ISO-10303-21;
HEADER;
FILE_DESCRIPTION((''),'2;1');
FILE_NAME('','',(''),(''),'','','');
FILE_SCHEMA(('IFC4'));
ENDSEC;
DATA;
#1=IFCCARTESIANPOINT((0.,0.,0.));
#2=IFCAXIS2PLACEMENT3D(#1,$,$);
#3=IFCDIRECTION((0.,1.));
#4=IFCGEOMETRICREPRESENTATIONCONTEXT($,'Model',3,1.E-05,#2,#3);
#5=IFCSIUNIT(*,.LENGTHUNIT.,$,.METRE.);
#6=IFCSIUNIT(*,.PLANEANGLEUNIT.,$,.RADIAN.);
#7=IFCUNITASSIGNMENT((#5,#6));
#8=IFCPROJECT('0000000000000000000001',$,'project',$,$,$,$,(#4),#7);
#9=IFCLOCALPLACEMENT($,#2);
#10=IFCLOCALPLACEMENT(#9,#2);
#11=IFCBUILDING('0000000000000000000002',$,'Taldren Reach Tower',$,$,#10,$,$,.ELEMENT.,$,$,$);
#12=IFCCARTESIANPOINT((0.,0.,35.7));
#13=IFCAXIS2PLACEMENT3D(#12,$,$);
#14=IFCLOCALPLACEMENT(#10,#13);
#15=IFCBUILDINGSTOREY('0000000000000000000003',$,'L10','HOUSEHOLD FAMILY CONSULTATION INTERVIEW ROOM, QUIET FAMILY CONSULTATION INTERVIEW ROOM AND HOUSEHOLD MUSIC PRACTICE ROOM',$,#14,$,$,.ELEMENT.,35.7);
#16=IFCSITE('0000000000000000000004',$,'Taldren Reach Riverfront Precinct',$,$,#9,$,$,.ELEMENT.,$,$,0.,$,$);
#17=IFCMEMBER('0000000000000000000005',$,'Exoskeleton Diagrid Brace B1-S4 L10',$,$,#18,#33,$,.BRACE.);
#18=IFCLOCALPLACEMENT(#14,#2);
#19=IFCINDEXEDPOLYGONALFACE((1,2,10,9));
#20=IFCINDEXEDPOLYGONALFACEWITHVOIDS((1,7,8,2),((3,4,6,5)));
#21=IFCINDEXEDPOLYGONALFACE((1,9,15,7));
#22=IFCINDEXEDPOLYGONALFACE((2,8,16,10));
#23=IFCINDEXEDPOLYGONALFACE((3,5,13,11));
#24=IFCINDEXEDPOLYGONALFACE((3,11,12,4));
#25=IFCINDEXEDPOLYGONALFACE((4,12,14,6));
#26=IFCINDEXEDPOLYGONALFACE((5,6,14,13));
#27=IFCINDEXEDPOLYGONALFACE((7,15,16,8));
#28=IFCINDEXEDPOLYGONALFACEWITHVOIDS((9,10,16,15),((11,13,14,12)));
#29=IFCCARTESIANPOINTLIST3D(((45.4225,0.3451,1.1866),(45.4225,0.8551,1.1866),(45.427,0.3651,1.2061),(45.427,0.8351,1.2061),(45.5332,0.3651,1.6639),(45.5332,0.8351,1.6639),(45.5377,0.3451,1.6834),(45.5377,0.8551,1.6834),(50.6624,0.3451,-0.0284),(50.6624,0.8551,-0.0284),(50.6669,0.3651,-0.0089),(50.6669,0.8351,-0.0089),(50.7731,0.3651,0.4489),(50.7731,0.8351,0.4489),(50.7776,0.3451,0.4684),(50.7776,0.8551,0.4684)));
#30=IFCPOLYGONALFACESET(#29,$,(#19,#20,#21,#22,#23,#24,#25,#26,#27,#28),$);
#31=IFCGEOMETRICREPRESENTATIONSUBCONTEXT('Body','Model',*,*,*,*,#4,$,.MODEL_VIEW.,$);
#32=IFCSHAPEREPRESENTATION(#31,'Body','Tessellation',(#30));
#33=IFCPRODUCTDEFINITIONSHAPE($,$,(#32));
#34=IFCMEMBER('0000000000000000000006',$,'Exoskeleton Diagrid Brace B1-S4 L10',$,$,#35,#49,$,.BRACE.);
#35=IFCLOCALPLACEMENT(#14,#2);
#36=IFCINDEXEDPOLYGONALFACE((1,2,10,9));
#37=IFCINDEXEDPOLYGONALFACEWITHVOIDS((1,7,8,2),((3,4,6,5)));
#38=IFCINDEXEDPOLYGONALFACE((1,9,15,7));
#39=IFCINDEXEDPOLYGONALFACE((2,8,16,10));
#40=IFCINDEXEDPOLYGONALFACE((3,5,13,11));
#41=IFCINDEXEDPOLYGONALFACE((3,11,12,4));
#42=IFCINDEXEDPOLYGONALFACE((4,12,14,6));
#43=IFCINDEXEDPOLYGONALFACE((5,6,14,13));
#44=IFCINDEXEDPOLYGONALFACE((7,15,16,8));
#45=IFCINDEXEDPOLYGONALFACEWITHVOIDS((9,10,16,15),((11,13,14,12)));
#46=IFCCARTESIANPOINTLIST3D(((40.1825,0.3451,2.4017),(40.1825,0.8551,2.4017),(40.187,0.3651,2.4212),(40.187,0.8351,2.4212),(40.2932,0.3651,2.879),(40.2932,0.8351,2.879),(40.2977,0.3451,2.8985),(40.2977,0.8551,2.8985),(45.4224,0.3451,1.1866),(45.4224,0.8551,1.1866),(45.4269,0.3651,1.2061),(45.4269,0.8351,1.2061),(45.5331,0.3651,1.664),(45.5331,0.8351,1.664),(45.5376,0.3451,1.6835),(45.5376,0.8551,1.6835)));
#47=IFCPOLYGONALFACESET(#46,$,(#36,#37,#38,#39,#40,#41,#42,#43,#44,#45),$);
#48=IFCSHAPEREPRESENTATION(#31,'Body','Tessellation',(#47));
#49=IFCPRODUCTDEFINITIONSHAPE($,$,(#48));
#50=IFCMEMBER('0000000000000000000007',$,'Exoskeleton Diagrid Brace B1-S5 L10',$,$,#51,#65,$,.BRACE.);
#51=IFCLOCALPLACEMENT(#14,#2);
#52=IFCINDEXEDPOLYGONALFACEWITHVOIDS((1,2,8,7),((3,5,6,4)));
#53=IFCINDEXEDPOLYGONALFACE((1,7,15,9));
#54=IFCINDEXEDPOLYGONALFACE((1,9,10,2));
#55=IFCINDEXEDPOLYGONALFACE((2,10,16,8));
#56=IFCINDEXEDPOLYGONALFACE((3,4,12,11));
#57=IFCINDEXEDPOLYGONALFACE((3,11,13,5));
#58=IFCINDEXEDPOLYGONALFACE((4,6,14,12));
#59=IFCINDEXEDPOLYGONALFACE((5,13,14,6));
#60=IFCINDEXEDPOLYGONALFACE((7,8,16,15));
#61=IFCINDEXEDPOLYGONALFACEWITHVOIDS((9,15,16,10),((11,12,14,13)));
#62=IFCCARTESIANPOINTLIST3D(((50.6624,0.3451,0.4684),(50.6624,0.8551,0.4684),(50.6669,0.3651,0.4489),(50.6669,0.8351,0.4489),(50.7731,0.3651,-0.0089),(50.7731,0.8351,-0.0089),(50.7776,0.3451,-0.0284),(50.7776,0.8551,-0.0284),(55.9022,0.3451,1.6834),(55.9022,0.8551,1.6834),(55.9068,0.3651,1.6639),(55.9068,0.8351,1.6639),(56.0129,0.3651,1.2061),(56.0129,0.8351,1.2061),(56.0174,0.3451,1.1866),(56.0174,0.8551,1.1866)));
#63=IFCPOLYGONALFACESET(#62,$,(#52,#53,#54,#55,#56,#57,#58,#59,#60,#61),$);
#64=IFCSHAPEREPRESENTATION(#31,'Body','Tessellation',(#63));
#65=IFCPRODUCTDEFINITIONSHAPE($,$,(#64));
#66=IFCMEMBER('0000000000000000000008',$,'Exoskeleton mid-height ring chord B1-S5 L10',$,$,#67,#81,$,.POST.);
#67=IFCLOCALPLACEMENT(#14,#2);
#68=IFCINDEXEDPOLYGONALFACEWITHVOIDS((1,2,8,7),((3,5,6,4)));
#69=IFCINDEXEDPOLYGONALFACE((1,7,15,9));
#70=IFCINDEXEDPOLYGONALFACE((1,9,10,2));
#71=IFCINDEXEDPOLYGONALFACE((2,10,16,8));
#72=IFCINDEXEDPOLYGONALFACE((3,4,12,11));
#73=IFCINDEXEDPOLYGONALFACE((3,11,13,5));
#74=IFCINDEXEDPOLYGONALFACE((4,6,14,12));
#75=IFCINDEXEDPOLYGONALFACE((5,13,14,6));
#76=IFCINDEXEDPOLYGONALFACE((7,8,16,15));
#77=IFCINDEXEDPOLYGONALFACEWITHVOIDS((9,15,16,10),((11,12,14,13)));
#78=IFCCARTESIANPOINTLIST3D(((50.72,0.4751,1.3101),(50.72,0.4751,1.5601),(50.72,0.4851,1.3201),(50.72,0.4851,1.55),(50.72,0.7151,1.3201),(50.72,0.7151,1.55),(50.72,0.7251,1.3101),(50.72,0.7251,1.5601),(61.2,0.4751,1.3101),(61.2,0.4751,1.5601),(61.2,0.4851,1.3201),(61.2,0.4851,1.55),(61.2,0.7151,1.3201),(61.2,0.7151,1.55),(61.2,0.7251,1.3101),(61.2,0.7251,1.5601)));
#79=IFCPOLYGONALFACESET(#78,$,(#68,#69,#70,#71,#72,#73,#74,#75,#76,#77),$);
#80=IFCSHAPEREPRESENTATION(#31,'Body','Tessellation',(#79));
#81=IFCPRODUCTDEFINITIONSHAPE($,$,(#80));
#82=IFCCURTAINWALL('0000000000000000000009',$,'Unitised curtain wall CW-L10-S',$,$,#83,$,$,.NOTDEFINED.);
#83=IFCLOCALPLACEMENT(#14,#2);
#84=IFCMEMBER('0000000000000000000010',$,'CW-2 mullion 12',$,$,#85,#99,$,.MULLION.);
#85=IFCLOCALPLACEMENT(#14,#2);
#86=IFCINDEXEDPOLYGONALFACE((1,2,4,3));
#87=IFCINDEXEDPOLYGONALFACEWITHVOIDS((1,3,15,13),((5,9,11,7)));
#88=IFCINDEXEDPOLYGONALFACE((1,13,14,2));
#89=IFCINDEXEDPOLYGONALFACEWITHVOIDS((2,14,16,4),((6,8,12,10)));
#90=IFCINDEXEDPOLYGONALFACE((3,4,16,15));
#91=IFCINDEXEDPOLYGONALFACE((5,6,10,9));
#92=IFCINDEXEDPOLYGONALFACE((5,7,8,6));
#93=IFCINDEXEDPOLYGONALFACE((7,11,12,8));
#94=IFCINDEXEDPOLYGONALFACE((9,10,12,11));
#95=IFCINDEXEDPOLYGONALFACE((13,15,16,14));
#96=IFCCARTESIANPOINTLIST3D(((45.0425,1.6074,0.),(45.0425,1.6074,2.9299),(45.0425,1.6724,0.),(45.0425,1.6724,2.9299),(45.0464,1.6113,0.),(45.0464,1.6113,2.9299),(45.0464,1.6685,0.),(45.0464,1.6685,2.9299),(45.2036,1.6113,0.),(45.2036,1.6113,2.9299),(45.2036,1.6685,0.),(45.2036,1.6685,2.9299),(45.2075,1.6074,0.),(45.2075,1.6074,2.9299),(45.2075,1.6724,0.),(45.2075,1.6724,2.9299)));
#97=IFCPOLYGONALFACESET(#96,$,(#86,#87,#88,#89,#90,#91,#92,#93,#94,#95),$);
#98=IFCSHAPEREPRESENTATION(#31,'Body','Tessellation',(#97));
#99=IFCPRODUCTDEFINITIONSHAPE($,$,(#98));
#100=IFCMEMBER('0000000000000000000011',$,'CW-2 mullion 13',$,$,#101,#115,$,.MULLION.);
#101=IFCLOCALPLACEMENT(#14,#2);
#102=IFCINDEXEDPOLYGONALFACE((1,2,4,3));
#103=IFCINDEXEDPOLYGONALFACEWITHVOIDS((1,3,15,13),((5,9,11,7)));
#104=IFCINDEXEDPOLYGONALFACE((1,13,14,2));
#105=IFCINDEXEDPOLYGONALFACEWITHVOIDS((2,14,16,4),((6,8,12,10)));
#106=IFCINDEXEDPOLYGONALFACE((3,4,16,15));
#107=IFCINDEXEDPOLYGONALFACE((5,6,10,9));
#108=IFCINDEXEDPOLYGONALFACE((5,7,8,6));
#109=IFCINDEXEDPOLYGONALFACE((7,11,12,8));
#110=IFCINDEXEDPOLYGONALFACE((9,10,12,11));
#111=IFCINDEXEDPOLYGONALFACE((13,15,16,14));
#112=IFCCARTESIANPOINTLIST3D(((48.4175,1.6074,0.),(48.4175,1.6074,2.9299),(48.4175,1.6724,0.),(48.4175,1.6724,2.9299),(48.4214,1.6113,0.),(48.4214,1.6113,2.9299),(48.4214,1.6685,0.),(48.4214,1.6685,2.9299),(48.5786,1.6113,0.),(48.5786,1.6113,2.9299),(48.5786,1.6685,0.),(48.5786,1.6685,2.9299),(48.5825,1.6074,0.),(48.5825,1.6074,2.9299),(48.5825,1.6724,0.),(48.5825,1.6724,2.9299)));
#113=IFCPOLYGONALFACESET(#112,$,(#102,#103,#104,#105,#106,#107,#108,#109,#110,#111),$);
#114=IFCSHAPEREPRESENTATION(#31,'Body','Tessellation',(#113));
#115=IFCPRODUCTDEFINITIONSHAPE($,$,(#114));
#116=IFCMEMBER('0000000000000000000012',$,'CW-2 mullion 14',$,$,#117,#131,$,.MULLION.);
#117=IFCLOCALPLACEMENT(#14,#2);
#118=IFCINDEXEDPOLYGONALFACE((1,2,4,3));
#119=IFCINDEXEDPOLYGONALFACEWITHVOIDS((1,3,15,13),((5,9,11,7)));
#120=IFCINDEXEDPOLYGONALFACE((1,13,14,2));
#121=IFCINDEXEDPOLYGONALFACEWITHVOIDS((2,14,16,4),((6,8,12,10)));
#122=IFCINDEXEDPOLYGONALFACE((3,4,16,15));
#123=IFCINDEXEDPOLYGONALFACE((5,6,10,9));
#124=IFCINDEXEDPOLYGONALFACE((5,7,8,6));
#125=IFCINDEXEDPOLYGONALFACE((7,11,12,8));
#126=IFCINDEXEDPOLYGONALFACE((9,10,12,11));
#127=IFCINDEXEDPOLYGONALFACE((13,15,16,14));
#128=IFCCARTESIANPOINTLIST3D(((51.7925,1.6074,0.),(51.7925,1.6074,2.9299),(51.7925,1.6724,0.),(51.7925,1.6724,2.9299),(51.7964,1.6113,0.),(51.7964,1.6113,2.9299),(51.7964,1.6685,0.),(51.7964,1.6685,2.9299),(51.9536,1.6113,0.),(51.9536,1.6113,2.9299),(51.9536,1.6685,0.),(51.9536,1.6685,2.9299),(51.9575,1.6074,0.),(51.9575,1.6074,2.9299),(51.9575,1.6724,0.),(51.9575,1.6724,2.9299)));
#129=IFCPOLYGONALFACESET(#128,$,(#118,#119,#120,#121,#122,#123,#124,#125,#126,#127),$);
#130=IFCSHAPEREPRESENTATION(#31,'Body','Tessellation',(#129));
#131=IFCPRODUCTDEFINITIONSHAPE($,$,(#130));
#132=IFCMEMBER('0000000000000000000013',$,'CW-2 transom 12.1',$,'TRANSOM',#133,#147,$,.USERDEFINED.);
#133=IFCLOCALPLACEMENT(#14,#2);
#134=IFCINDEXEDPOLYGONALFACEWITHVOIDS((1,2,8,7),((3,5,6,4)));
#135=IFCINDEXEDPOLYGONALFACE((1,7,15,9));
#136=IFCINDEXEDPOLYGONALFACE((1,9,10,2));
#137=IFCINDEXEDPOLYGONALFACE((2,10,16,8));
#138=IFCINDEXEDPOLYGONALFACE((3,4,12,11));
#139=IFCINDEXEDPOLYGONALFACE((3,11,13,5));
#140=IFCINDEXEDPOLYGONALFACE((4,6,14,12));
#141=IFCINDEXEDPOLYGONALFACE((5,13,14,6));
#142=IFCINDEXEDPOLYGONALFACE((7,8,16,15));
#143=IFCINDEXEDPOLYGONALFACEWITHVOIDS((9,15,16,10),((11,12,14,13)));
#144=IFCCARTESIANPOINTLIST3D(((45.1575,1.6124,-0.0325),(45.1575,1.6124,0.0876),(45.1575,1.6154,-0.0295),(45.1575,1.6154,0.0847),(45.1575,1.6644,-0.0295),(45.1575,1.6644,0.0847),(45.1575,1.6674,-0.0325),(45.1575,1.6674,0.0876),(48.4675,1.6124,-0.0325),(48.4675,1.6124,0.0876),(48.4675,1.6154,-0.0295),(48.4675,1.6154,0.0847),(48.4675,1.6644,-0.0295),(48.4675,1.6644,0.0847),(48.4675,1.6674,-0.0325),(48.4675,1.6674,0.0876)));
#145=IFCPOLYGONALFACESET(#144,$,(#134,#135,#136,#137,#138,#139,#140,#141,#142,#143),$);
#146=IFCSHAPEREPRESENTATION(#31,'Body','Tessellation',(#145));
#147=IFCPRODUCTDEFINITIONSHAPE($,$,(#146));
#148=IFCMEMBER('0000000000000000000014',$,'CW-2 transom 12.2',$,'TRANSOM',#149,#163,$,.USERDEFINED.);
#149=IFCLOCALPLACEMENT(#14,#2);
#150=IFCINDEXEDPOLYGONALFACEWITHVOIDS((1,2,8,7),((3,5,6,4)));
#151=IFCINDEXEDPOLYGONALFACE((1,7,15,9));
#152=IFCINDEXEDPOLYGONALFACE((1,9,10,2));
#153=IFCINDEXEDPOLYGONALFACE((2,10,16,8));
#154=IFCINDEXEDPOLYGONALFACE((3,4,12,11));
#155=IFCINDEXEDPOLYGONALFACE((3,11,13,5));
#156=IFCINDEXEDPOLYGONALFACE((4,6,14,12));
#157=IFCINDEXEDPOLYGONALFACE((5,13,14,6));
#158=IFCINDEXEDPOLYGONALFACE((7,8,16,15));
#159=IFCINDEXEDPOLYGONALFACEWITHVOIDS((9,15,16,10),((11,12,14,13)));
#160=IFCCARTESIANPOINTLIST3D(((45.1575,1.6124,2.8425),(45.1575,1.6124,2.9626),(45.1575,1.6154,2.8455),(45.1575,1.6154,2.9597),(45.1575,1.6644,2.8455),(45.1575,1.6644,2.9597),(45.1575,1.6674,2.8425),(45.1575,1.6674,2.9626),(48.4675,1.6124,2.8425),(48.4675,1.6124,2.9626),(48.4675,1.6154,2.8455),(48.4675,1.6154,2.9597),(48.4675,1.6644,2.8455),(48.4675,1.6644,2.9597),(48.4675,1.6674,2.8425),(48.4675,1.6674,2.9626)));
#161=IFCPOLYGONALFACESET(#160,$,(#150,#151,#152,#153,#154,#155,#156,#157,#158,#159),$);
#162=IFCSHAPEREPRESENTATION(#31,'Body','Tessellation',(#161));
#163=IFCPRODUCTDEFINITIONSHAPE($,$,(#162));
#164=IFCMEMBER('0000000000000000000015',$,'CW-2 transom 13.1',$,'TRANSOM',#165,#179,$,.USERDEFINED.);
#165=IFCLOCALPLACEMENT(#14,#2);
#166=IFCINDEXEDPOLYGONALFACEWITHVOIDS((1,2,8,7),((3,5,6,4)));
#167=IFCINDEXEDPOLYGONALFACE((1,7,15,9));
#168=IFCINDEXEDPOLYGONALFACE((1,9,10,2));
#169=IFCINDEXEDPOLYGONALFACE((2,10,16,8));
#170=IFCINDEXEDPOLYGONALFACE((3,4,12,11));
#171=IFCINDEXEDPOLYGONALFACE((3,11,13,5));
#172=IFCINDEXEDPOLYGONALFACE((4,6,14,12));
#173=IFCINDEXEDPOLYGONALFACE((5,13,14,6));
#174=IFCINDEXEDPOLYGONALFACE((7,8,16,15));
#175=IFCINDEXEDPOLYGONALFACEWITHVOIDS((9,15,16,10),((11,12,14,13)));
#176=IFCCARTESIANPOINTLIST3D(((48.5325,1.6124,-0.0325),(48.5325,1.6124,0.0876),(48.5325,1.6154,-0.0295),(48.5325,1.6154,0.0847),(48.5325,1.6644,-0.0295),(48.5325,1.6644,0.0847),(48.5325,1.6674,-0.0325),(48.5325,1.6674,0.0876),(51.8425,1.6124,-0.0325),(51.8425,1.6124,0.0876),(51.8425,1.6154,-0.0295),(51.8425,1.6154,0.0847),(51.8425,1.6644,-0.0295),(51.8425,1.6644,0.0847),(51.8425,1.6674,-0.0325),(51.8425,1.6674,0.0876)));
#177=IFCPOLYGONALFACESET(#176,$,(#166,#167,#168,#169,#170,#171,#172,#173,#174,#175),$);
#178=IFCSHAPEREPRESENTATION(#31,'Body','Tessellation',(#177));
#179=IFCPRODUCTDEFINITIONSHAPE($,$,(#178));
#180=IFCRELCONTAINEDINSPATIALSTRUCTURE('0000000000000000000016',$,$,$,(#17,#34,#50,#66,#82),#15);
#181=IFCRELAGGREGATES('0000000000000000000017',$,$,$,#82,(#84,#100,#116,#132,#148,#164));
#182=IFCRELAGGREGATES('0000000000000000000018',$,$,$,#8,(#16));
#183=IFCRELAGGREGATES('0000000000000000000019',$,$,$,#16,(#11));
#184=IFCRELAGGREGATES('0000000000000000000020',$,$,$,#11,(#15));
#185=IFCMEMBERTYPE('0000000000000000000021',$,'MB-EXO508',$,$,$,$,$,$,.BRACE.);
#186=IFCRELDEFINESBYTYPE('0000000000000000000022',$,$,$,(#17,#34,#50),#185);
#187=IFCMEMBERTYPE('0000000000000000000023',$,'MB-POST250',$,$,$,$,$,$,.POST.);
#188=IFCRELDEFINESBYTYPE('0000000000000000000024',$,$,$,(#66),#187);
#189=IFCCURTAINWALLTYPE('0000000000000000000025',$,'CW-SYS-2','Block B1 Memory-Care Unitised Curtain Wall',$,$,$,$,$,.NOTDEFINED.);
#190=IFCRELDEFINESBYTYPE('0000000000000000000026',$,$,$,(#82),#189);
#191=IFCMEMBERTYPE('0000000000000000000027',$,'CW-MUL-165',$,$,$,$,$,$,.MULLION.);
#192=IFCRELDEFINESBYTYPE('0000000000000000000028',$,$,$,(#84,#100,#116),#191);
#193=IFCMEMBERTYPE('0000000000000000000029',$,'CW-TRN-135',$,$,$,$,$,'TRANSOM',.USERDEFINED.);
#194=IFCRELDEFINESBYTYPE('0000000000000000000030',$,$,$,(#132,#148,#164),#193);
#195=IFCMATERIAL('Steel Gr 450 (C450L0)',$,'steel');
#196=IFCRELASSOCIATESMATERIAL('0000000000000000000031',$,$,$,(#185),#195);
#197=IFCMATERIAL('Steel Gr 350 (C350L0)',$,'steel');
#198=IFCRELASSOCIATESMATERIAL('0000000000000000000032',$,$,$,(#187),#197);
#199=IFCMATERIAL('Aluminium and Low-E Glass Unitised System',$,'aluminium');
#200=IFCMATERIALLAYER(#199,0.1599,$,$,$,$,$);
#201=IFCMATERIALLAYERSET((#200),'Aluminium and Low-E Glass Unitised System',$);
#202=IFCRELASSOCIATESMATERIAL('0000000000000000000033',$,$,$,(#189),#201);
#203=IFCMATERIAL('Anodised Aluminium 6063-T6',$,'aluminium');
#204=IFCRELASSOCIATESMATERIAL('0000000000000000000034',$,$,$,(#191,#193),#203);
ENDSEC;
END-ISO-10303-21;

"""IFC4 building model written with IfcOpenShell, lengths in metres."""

from ifc_helpers import new_model, si_unit, direction, frame, origin, origin_2d, place, context, subcontext, project, spatial, hollow_rectangle, extrude, source, transform, mapped, material, layer, layer_set, material_profile, profile_set, type_object, element, aggregate, save


model = new_model("IFC4")

# Units and contexts
model_context = context("Model", 3, precision=1e-05, world=origin(), true_north=direction((0.0, 1.0)))
body_context = subcontext(model_context, "Body", "Model", "MODEL_VIEW")
ifc_project = project(units=[si_unit("LENGTHUNIT", "METRE"), si_unit("PLANEANGLEUNIT", "RADIAN")], contexts=[model_context])

# Site, building, storey
site_placement = place(None, origin())
site = spatial("IfcSite", under=ifc_project, at=site_placement, Name="Taldren Reach Riverfront Precinct", CompositionType="ELEMENT", RefElevation=0.0)
building_placement = place(site_placement, origin())
building = spatial("IfcBuilding", under=site, at=building_placement, Name="Taldren Reach Tower", CompositionType="ELEMENT")
storey_placement = place(building_placement, frame((0.0, 0.0, 35.7)))
storey = spatial("IfcBuildingStorey", under=building, at=storey_placement, Name="L10", Description="HOUSEHOLD FAMILY CONSULTATION INTERVIEW ROOM, QUIET FAMILY CONSULTATION INTERVIEW ROOM AND HOUSEHOLD MUSIC PRACTICE ROOM", CompositionType="ELEMENT", Elevation=35.7)

# Members
ifc_material_1 = material(Name="Steel Gr 450 (C450L0)", Category="steel")
ifc_material_profile_1 = material_profile(ifc_material_1, hollow_rectangle(XDim=0.51, YDim=0.51, WallThickness=0.02, at=origin_2d()), Name="510x510x20.0SHS")
ifc_profile_set_1 = profile_set([ifc_material_profile_1], Name="Steel Gr 450 (C450L0)")
member_type_1 = type_object("IfcMemberType", Name="MB-EXO508", PredefinedType="BRACE", material=ifc_profile_set_1)
shared_shape_1 = source(origin(), body_context, "Body", "SweptSolid", [
    extrude(hollow_rectangle(XDim=0.51, YDim=0.51, WallThickness=0.02, at=origin_2d()), origin(), (0.0, 0.0, 1.0), 5.3789),
])
for number, where, z_axis, x_axis, name in (
    (1, (50.72, 0.6001, 0.22), (-0.974152, 0.0, 0.225894), (0.0, -1.0, 0.0), "Exoskeleton Diagrid Brace B1-S4 L10"),
    (2, (45.48, 0.6001, 1.4351), (-0.974152, 0.0, 0.225894), (0.0, -1.0, 0.0), "Exoskeleton Diagrid Brace B1-S4 L10"),
    (3, (50.72, 0.6001, 0.22), (0.974152, 0.0, 0.225894), (0.0, 1.0, 0.0), "Exoskeleton Diagrid Brace B1-S5 L10"),
):
    element("IfcMember", number, at=place(storey_placement, frame(where, z_axis=z_axis, x_axis=x_axis)), inside=storey, type_object=member_type_1, Name=name, PredefinedType="BRACE", context=body_context, shape_type="MappedRepresentation", body=[
        mapped(shared_shape_1, transform((0.0, 0.0, 0.0), scale=1.0)),
    ])
ifc_material_2 = material(Name="Steel Gr 350 (C350L0)", Category="steel")
ifc_material_profile_2 = material_profile(ifc_material_2, hollow_rectangle(XDim=0.25, YDim=0.25, WallThickness=0.01, at=origin_2d()), Name="250x250x10.0SHS")
ifc_profile_set_2 = profile_set([ifc_material_profile_2], Name="Steel Gr 350 (C350L0)")
member_type_2 = type_object("IfcMemberType", Name="MB-POST250", PredefinedType="POST", material=ifc_profile_set_2)
shared_shape_2 = source(origin(), body_context, "Body", "SweptSolid", [
    extrude(hollow_rectangle(XDim=0.25, YDim=0.25, WallThickness=0.01, at=origin_2d()), origin(), (0.0, 0.0, 1.0), 10.48),
])
member_1_placement = place(storey_placement, frame((50.72, 0.6001, 1.4351), z_axis=(1.0, 0.0, 0.0), x_axis=(0.0, 1.0, 0.0)))
element("IfcMember", 4, at=member_1_placement, inside=storey, type_object=member_type_2, Name="Exoskeleton mid-height ring chord B1-S5 L10", PredefinedType="POST", context=body_context, shape_type="MappedRepresentation", body=[
    mapped(shared_shape_2, transform((0.0, 0.0, 0.0), scale=1.0)),
])

# Curtain wall, members
ifc_material_3 = material(Name="Aluminium and Low-E Glass Unitised System", Category="aluminium")
ifc_layer_1 = layer(ifc_material_3, 0.1599)
ifc_layer_set_1 = layer_set([ifc_layer_1], Name="Aluminium and Low-E Glass Unitised System")
curtain_wall_type = type_object("IfcCurtainWallType", Name="CW-SYS-2", Description="Block B1 Memory-Care Unitised Curtain Wall", PredefinedType="NOTDEFINED", material=ifc_layer_set_1)
curtain_wall_placement = place(storey_placement, origin())
curtain_wall = element("IfcCurtainWall", 5, at=curtain_wall_placement, inside=storey, type_object=curtain_wall_type, Name="Unitised curtain wall CW-L10-S", PredefinedType="NOTDEFINED")
ifc_material_4 = material(Name="Anodised Aluminium 6063-T6", Category="aluminium")
ifc_material_profile_3 = material_profile(ifc_material_4, hollow_rectangle(XDim=0.0649, YDim=0.165, WallThickness=0.0039, at=origin_2d()), Name="ALU-165x65x4RHS")
ifc_profile_set_3 = profile_set([ifc_material_profile_3], Name="Anodised Aluminium 6063-T6")
member_type_3 = type_object("IfcMemberType", Name="CW-MUL-165", PredefinedType="MULLION", material=ifc_profile_set_3)
shared_shape_3 = source(origin(), body_context, "Body", "SweptSolid", [
    extrude(hollow_rectangle(XDim=0.0649, YDim=0.165, WallThickness=0.0039, at=origin_2d()), origin(), (0.0, 0.0, 1.0), 2.9299),
])
member_2_placement = place(storey_placement, frame((45.125, 1.6399, 0.0), z_axis=(0.0, 0.0, 1.0), x_axis=(0.0, 1.0, 0.0)))
member_2 = element("IfcMember", 6, at=member_2_placement, type_object=member_type_3, Name="CW-2 mullion 12", PredefinedType="MULLION", context=body_context, shape_type="MappedRepresentation", body=[
    mapped(shared_shape_3, transform((0.0, 0.0, 0.0), scale=1.0)),
])
member_3_placement = place(storey_placement, frame((48.5, 1.6399, 0.0), z_axis=(0.0, 0.0, 1.0), x_axis=(0.0, 1.0, 0.0)))
member_3 = element("IfcMember", 7, at=member_3_placement, type_object=member_type_3, Name="CW-2 mullion 13", PredefinedType="MULLION", context=body_context, shape_type="MappedRepresentation", body=[
    mapped(shared_shape_3, transform((0.0, 0.0, 0.0), scale=1.0)),
])
member_4_placement = place(storey_placement, frame((51.875, 1.6399, 0.0), z_axis=(0.0, 0.0, 1.0), x_axis=(0.0, 1.0, 0.0)))
member_4 = element("IfcMember", 8, at=member_4_placement, type_object=member_type_3, Name="CW-2 mullion 14", PredefinedType="MULLION", context=body_context, shape_type="MappedRepresentation", body=[
    mapped(shared_shape_3, transform((0.0, 0.0, 0.0), scale=1.0)),
])
ifc_material_profile_4 = material_profile(ifc_material_4, hollow_rectangle(XDim=0.0549, YDim=0.1201, WallThickness=0.0029, at=origin_2d()), Name="ALU-120x55x3RHS")
ifc_profile_set_4 = profile_set([ifc_material_profile_4], Name="Anodised Aluminium 6063-T6")
member_type_4 = type_object("IfcMemberType", Name="CW-TRN-135", ElementType="TRANSOM", PredefinedType="USERDEFINED", material=ifc_profile_set_4)
shared_shape_4 = source(origin(), body_context, "Body", "SweptSolid", [
    extrude(hollow_rectangle(XDim=0.0549, YDim=0.1201, WallThickness=0.0029, at=origin_2d()), origin(), (0.0, 0.0, 1.0), 3.3101),
])
member_5_placement = place(storey_placement, frame((45.1575, 1.6399, 0.0276), z_axis=(1.0, 0.0, 0.0), x_axis=(0.0, 1.0, 0.0)))
member_5 = element("IfcMember", 9, at=member_5_placement, type_object=member_type_4, Name="CW-2 transom 12.1", ObjectType="TRANSOM", PredefinedType="USERDEFINED", context=body_context, shape_type="MappedRepresentation", body=[
    mapped(shared_shape_4, transform((0.0, 0.0, 0.0), scale=1.0)),
])
member_6_placement = place(storey_placement, frame((45.1575, 1.6399, 2.9026), z_axis=(1.0, 0.0, 0.0), x_axis=(0.0, 1.0, 0.0)))
member_6 = element("IfcMember", 10, at=member_6_placement, type_object=member_type_4, Name="CW-2 transom 12.2", ObjectType="TRANSOM", PredefinedType="USERDEFINED", context=body_context, shape_type="MappedRepresentation", body=[
    mapped(shared_shape_4, transform((0.0, 0.0, 0.0), scale=1.0)),
])
member_7_placement = place(storey_placement, frame((48.5325, 1.6399, 0.0276), z_axis=(1.0, 0.0, 0.0), x_axis=(0.0, 1.0, 0.0)))
member_7 = element("IfcMember", 11, at=member_7_placement, type_object=member_type_4, Name="CW-2 transom 13.1", ObjectType="TRANSOM", PredefinedType="USERDEFINED", context=body_context, shape_type="MappedRepresentation", body=[
    mapped(shared_shape_4, transform((0.0, 0.0, 0.0), scale=1.0)),
])

aggregate(curtain_wall, [member_2, member_3, member_4, member_5, member_6, member_7])

save(model, "model.ifc")
